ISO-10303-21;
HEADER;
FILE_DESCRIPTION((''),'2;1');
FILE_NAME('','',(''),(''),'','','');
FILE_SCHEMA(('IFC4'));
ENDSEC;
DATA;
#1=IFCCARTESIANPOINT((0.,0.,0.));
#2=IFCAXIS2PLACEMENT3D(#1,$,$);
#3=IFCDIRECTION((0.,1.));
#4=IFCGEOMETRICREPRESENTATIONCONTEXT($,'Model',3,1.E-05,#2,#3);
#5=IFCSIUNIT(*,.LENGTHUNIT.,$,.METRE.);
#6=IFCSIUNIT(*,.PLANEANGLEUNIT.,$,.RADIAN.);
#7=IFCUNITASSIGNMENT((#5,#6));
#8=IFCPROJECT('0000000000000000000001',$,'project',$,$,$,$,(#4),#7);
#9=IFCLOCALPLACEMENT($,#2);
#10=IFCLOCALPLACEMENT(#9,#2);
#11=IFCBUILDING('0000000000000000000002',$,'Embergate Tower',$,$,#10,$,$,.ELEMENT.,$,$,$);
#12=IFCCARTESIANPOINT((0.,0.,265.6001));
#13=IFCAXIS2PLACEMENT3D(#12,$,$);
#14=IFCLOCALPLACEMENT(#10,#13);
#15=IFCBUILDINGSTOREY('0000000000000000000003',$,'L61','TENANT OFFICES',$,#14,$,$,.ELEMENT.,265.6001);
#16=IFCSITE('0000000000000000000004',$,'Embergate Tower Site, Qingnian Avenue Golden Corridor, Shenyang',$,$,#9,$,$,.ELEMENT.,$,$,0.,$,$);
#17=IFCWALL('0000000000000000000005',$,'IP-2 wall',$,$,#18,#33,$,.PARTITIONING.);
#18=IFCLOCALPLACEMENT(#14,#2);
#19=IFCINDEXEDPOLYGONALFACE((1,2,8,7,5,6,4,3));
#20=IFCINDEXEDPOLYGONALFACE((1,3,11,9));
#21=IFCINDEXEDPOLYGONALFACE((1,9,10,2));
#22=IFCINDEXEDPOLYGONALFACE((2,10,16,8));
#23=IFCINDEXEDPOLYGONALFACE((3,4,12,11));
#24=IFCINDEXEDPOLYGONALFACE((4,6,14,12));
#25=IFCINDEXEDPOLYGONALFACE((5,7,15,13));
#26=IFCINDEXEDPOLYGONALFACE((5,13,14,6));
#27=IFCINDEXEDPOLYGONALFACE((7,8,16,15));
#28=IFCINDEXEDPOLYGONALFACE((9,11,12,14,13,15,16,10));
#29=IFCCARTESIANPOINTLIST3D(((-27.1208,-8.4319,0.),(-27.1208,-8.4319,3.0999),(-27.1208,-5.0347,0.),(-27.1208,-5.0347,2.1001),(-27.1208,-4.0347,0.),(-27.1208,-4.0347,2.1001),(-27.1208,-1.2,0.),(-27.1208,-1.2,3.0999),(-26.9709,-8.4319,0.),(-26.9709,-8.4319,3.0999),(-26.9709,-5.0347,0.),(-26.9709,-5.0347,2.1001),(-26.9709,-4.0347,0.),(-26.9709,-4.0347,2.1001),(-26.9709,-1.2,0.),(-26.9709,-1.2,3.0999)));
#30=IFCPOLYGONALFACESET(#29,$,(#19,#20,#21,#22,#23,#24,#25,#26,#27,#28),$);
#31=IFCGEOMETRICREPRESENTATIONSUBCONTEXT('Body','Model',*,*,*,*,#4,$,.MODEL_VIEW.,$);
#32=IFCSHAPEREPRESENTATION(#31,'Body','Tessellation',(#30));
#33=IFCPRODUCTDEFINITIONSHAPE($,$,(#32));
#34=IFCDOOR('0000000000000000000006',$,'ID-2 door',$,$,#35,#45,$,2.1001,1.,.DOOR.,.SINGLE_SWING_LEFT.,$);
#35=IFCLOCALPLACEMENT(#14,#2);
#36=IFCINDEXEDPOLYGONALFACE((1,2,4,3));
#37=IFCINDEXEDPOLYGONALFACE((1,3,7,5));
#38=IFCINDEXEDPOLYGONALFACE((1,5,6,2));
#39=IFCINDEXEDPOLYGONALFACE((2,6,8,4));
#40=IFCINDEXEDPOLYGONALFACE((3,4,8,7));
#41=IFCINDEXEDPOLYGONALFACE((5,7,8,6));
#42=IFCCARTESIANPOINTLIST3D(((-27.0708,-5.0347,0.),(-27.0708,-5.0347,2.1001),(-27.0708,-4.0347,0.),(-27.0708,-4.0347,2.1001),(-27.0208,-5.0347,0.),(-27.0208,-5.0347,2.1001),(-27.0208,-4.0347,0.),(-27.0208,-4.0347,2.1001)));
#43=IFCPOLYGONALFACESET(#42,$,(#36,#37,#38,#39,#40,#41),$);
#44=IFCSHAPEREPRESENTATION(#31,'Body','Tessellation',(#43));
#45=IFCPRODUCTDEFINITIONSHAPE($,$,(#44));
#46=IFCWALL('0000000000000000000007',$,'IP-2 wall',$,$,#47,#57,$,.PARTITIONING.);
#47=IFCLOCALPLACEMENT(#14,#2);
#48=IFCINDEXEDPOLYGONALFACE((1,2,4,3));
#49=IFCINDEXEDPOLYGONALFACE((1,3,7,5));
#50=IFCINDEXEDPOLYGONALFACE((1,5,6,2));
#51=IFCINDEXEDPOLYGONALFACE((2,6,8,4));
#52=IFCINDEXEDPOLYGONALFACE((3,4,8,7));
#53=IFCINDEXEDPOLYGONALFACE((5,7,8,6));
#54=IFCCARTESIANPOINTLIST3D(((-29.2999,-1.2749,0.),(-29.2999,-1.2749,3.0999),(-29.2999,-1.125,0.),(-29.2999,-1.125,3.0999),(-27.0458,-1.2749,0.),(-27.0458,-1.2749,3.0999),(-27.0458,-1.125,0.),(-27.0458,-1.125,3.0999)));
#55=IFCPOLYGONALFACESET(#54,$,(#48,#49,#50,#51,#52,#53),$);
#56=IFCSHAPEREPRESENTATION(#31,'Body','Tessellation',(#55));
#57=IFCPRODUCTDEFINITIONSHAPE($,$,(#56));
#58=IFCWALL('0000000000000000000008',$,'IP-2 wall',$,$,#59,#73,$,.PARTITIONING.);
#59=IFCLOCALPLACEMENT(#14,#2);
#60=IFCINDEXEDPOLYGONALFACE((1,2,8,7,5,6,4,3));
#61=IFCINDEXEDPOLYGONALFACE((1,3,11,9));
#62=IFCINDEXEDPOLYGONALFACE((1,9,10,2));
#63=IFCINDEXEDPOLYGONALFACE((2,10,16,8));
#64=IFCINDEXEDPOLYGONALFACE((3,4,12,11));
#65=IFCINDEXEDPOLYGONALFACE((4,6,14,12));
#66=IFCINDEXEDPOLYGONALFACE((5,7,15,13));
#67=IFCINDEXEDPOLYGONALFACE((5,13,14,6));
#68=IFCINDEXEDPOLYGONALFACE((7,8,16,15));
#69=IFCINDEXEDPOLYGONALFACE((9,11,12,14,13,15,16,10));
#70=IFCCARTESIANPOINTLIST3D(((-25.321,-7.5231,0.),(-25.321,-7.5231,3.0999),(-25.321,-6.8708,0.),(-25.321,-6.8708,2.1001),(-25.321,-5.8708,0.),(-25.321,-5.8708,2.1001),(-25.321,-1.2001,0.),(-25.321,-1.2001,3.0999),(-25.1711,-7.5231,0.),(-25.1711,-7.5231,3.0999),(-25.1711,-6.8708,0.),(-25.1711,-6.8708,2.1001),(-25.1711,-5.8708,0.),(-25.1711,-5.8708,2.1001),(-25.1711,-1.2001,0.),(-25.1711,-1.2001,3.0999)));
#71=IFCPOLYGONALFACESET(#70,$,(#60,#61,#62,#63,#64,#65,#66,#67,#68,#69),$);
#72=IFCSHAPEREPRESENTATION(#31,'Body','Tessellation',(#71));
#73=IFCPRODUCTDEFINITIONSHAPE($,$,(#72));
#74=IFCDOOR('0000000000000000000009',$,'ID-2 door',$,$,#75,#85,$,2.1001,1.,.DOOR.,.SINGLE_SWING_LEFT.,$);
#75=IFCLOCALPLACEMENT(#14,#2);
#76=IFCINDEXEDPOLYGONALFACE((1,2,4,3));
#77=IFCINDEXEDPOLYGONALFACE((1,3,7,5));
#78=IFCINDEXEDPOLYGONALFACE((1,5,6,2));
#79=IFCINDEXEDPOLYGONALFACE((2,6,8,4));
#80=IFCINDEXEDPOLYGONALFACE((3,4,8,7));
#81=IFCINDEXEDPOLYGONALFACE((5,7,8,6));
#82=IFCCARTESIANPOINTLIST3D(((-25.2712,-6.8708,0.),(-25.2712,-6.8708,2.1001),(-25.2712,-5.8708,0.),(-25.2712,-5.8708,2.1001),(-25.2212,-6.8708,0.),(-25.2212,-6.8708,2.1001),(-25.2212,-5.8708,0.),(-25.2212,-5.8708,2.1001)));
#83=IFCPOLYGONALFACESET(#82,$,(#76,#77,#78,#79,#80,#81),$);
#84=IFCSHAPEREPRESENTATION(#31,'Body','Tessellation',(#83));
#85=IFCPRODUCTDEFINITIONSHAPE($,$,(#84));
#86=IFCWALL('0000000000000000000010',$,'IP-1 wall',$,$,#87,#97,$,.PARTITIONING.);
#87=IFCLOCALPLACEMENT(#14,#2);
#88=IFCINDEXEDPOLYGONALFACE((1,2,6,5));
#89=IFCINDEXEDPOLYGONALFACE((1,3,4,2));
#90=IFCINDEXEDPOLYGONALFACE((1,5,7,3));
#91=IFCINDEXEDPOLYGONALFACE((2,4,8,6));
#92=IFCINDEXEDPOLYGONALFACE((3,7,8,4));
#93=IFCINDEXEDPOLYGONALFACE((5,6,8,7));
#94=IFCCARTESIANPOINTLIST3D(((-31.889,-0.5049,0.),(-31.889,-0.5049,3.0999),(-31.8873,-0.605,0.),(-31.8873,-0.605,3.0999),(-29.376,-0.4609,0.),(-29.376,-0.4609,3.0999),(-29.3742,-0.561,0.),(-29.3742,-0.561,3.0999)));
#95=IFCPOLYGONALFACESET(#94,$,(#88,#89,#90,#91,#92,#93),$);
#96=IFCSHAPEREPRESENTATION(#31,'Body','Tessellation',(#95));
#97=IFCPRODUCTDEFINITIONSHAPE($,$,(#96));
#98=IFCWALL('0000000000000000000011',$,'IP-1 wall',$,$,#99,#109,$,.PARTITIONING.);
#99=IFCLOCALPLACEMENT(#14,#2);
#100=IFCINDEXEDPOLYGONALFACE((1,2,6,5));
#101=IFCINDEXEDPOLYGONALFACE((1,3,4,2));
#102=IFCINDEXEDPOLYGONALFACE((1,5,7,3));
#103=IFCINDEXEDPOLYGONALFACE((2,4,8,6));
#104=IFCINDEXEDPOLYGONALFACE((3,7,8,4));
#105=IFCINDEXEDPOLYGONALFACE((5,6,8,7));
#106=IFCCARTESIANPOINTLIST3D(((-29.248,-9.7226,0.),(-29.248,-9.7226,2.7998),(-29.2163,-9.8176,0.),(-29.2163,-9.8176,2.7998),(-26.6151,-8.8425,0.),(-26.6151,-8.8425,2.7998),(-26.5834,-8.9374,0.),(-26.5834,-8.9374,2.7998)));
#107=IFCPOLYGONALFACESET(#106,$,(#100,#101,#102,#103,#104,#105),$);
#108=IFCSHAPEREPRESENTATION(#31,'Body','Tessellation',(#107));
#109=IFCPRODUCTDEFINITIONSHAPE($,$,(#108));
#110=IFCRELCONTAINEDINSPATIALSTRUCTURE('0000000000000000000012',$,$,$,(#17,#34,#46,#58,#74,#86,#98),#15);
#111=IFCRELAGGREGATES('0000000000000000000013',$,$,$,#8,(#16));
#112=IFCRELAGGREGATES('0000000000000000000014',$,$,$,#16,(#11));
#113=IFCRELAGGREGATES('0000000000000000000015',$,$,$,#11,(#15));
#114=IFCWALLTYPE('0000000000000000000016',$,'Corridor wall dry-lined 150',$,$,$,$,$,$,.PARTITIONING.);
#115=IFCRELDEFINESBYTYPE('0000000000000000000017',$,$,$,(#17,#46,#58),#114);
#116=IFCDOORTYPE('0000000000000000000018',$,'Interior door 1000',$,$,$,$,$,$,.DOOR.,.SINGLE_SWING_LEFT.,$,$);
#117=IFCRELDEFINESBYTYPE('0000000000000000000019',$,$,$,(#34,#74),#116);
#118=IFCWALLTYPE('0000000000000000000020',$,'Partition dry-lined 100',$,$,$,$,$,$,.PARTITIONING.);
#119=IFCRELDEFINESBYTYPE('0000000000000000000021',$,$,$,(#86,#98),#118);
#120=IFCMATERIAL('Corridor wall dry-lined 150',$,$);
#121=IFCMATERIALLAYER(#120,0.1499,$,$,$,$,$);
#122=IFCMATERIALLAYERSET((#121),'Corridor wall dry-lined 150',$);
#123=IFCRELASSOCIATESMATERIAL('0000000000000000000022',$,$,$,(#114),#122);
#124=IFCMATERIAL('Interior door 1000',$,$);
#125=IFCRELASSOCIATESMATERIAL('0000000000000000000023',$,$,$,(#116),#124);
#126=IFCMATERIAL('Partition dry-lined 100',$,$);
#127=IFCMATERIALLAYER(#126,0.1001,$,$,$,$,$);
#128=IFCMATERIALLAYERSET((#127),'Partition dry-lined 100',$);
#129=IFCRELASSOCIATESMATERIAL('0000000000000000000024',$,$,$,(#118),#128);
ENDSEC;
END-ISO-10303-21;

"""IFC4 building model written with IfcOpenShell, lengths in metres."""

from ifc_helpers import new_model, si_unit, direction, frame, frame_2d, origin, place, context, subcontext, project, spatial, rectangle, extrude, source, transform, mapped, material, layer, layer_set, type_object, element, fill, save


model = new_model("IFC4")

# Units and contexts
model_context = context("Model", 3, precision=1e-05, world=origin(), true_north=direction((0.0, 1.0)))
body_context = subcontext(model_context, "Body", "Model", "MODEL_VIEW")
ifc_project = project(units=[si_unit("LENGTHUNIT", "METRE"), si_unit("PLANEANGLEUNIT", "RADIAN")], contexts=[model_context])

# Site, building, storey
site_placement = place(None, origin())
site = spatial("IfcSite", under=ifc_project, at=site_placement, Name="Embergate Tower Site, Qingnian Avenue Golden Corridor, Shenyang", CompositionType="ELEMENT", RefElevation=0.0)
building_placement = place(site_placement, origin())
building = spatial("IfcBuilding", under=site, at=building_placement, Name="Embergate Tower", CompositionType="ELEMENT")
storey_placement = place(building_placement, frame((0.0, 0.0, 265.6001)))
storey = spatial("IfcBuildingStorey", under=building, at=storey_placement, Name="L61", Description="TENANT OFFICES", CompositionType="ELEMENT", Elevation=265.6001)

# Shared definitions
ifc_material_1 = material(Name="Corridor wall dry-lined 150")
ifc_layer_1 = layer(ifc_material_1, 0.1499)
ifc_layer_set_1 = layer_set([ifc_layer_1], Name="Corridor wall dry-lined 150")
wall_type_1 = type_object("IfcWallType", Name="Corridor wall dry-lined 150", PredefinedType="PARTITIONING", material=ifc_layer_set_1)

# Shared definitions
shared_shape_1 = source(origin(), body_context, "Body", "SweptSolid", [
    extrude(rectangle(XDim=1.0, YDim=2.1001, at=frame_2d((0.5, 1.05))), frame((0.0, 0.085, 0.0), z_axis=(0.0, -1.0, 0.0), x_axis=(1.0, 0.0, 0.0)), (0.0, 0.0, 1.0), 0.1699),
])
ifc_material_2 = material(Name="Interior door 1000")
door_type_1 = type_object("IfcDoorType", Name="Interior door 1000", OperationType="SINGLE_SWING_LEFT", PredefinedType="DOOR", material=ifc_material_2)
shared_shape_2 = source(origin(), body_context, "Body", "SweptSolid", [
    extrude(rectangle(XDim=1.0, YDim=2.1001, at=frame_2d((0.5, 1.05))), frame((0.0, 0.0249, 0.0), z_axis=(0.0, -1.0, 0.0), x_axis=(1.0, 0.0, 0.0)), (0.0, 0.0, 1.0), 0.05),
])

# Wall, opening, door
shared_shape_3 = source(origin(), body_context, "Body", "SweptSolid", [
    extrude(rectangle(XDim=7.2319, YDim=0.1499, at=frame_2d((3.616, 0.0))), origin(), (0.0, 0.0, 1.0), 3.0999),
])
wall_1_placement = place(storey_placement, frame((-27.0459, -8.4319, 0.0), z_axis=(0.0, 0.0, 1.0), x_axis=(0.0, 1.0, 0.0)))
wall_1 = element("IfcWall", 1, at=wall_1_placement, inside=storey, type_object=wall_type_1, Name="IP-2 wall", PredefinedType="PARTITIONING", context=body_context, shape_type="MappedRepresentation", body=[
    mapped(shared_shape_3, transform((0.0, 0.0, 0.0))),
])
opening_1_placement = place(wall_1_placement, frame((3.3972, 0.0, 0.0)))
opening_1 = element("IfcOpeningElement", 2, at=opening_1_placement, cuts=wall_1, PredefinedType="OPENING", context=body_context, shape_type="MappedRepresentation", body=[
    mapped(shared_shape_1, transform((0.0, 0.0, 0.0))),
])
door_1_placement = place(opening_1_placement, origin())
door_1 = element("IfcDoor", 3, at=door_1_placement, inside=storey, type_object=door_type_1, Name="ID-2 door", OperationType="SINGLE_SWING_LEFT", OverallHeight=2.1001, OverallWidth=1.0, PredefinedType="DOOR", context=body_context, shape_type="MappedRepresentation", body=[
    mapped(shared_shape_2, transform((0.0, 0.0, 0.0))),
])
fill(opening_1, door_1)

# Wall
shared_shape_4 = source(origin(), body_context, "Body", "SweptSolid", [
    extrude(rectangle(XDim=2.2542, YDim=0.1499, at=frame_2d((1.127, 0.0))), origin(), (0.0, 0.0, 1.0), 3.0999),
])
wall_2_placement = place(storey_placement, frame((-27.0459, -1.2, 0.0), z_axis=(0.0, 0.0, 1.0), x_axis=(-1.0, 0.0, 0.0)))
element("IfcWall", 4, at=wall_2_placement, inside=storey, type_object=wall_type_1, Name="IP-2 wall", PredefinedType="PARTITIONING", context=body_context, shape_type="MappedRepresentation", body=[
    mapped(shared_shape_4, transform((0.0, 0.0, 0.0))),
])

# Wall, opening, door
shared_shape_5 = source(origin(), body_context, "Body", "SweptSolid", [
    extrude(rectangle(XDim=6.323, YDim=0.1499, at=frame_2d((3.1616, 0.0))), origin(), (0.0, 0.0, 1.0), 3.0999),
])
wall_3_placement = place(storey_placement, frame((-25.2461, -1.2, 0.0), z_axis=(0.0, 0.0, 1.0), x_axis=(0.0, -1.0, 0.0)))
wall_3 = element("IfcWall", 5, at=wall_3_placement, inside=storey, type_object=wall_type_1, Name="IP-2 wall", PredefinedType="PARTITIONING", context=body_context, shape_type="MappedRepresentation", body=[
    mapped(shared_shape_5, transform((0.0, 0.0, 0.0))),
])
opening_2_placement = place(wall_3_placement, frame((4.6709, 0.0, 0.0)))
opening_2 = element("IfcOpeningElement", 6, at=opening_2_placement, cuts=wall_3, PredefinedType="OPENING", context=body_context, shape_type="MappedRepresentation", body=[
    mapped(shared_shape_1, transform((0.0, 0.0, 0.0))),
])
door_2_placement = place(opening_2_placement, origin())
door_2 = element("IfcDoor", 7, at=door_2_placement, inside=storey, type_object=door_type_1, Name="ID-2 door", OperationType="SINGLE_SWING_LEFT", OverallHeight=2.1001, OverallWidth=1.0, PredefinedType="DOOR", context=body_context, shape_type="MappedRepresentation", body=[
    mapped(shared_shape_2, transform((0.0, 0.0, 0.0))),
])
fill(opening_2, door_2)

# Walls
ifc_material_3 = material(Name="Partition dry-lined 100")
ifc_layer_2 = layer(ifc_material_3, 0.1001)
ifc_layer_set_2 = layer_set([ifc_layer_2], Name="Partition dry-lined 100")
wall_type_2 = type_object("IfcWallType", Name="Partition dry-lined 100", PredefinedType="PARTITIONING", material=ifc_layer_set_2)
shared_shape_6 = source(origin(), body_context, "Body", "SweptSolid", [
    extrude(rectangle(XDim=2.5134, YDim=0.1001, at=frame_2d((1.2568, 0.0))), origin(), (0.0, 0.0, 1.0), 3.0999),
])
wall_4_placement = place(storey_placement, frame((-29.375, -0.511, 0.0), z_axis=(0.0, 0.0, 1.0), x_axis=(-0.999847, -0.017485, 0.0)))
element("IfcWall", 8, at=wall_4_placement, inside=storey, type_object=wall_type_2, Name="IP-1 wall", PredefinedType="PARTITIONING", context=body_context, shape_type="MappedRepresentation", body=[
    mapped(shared_shape_6, transform((0.0, 0.0, 0.0))),
])
shared_shape_7 = source(origin(), body_context, "Body", "SweptSolid", [
    extrude(rectangle(XDim=2.7761, YDim=0.1001, at=frame_2d((1.3882, 0.0))), origin(), (0.0, 0.0, 1.0), 2.7998),
])
wall_5_placement = place(storey_placement, frame((-26.5991, -8.8899, 0.0), z_axis=(0.0, 0.0, 1.0), x_axis=(-0.94841, -0.317046, 0.0)))
element("IfcWall", 9, at=wall_5_placement, inside=storey, type_object=wall_type_2, Name="IP-1 wall", PredefinedType="PARTITIONING", context=body_context, shape_type="MappedRepresentation", body=[
    mapped(shared_shape_7, transform((0.0, 0.0, 0.0))),
])

save(model, "model.ifc")
